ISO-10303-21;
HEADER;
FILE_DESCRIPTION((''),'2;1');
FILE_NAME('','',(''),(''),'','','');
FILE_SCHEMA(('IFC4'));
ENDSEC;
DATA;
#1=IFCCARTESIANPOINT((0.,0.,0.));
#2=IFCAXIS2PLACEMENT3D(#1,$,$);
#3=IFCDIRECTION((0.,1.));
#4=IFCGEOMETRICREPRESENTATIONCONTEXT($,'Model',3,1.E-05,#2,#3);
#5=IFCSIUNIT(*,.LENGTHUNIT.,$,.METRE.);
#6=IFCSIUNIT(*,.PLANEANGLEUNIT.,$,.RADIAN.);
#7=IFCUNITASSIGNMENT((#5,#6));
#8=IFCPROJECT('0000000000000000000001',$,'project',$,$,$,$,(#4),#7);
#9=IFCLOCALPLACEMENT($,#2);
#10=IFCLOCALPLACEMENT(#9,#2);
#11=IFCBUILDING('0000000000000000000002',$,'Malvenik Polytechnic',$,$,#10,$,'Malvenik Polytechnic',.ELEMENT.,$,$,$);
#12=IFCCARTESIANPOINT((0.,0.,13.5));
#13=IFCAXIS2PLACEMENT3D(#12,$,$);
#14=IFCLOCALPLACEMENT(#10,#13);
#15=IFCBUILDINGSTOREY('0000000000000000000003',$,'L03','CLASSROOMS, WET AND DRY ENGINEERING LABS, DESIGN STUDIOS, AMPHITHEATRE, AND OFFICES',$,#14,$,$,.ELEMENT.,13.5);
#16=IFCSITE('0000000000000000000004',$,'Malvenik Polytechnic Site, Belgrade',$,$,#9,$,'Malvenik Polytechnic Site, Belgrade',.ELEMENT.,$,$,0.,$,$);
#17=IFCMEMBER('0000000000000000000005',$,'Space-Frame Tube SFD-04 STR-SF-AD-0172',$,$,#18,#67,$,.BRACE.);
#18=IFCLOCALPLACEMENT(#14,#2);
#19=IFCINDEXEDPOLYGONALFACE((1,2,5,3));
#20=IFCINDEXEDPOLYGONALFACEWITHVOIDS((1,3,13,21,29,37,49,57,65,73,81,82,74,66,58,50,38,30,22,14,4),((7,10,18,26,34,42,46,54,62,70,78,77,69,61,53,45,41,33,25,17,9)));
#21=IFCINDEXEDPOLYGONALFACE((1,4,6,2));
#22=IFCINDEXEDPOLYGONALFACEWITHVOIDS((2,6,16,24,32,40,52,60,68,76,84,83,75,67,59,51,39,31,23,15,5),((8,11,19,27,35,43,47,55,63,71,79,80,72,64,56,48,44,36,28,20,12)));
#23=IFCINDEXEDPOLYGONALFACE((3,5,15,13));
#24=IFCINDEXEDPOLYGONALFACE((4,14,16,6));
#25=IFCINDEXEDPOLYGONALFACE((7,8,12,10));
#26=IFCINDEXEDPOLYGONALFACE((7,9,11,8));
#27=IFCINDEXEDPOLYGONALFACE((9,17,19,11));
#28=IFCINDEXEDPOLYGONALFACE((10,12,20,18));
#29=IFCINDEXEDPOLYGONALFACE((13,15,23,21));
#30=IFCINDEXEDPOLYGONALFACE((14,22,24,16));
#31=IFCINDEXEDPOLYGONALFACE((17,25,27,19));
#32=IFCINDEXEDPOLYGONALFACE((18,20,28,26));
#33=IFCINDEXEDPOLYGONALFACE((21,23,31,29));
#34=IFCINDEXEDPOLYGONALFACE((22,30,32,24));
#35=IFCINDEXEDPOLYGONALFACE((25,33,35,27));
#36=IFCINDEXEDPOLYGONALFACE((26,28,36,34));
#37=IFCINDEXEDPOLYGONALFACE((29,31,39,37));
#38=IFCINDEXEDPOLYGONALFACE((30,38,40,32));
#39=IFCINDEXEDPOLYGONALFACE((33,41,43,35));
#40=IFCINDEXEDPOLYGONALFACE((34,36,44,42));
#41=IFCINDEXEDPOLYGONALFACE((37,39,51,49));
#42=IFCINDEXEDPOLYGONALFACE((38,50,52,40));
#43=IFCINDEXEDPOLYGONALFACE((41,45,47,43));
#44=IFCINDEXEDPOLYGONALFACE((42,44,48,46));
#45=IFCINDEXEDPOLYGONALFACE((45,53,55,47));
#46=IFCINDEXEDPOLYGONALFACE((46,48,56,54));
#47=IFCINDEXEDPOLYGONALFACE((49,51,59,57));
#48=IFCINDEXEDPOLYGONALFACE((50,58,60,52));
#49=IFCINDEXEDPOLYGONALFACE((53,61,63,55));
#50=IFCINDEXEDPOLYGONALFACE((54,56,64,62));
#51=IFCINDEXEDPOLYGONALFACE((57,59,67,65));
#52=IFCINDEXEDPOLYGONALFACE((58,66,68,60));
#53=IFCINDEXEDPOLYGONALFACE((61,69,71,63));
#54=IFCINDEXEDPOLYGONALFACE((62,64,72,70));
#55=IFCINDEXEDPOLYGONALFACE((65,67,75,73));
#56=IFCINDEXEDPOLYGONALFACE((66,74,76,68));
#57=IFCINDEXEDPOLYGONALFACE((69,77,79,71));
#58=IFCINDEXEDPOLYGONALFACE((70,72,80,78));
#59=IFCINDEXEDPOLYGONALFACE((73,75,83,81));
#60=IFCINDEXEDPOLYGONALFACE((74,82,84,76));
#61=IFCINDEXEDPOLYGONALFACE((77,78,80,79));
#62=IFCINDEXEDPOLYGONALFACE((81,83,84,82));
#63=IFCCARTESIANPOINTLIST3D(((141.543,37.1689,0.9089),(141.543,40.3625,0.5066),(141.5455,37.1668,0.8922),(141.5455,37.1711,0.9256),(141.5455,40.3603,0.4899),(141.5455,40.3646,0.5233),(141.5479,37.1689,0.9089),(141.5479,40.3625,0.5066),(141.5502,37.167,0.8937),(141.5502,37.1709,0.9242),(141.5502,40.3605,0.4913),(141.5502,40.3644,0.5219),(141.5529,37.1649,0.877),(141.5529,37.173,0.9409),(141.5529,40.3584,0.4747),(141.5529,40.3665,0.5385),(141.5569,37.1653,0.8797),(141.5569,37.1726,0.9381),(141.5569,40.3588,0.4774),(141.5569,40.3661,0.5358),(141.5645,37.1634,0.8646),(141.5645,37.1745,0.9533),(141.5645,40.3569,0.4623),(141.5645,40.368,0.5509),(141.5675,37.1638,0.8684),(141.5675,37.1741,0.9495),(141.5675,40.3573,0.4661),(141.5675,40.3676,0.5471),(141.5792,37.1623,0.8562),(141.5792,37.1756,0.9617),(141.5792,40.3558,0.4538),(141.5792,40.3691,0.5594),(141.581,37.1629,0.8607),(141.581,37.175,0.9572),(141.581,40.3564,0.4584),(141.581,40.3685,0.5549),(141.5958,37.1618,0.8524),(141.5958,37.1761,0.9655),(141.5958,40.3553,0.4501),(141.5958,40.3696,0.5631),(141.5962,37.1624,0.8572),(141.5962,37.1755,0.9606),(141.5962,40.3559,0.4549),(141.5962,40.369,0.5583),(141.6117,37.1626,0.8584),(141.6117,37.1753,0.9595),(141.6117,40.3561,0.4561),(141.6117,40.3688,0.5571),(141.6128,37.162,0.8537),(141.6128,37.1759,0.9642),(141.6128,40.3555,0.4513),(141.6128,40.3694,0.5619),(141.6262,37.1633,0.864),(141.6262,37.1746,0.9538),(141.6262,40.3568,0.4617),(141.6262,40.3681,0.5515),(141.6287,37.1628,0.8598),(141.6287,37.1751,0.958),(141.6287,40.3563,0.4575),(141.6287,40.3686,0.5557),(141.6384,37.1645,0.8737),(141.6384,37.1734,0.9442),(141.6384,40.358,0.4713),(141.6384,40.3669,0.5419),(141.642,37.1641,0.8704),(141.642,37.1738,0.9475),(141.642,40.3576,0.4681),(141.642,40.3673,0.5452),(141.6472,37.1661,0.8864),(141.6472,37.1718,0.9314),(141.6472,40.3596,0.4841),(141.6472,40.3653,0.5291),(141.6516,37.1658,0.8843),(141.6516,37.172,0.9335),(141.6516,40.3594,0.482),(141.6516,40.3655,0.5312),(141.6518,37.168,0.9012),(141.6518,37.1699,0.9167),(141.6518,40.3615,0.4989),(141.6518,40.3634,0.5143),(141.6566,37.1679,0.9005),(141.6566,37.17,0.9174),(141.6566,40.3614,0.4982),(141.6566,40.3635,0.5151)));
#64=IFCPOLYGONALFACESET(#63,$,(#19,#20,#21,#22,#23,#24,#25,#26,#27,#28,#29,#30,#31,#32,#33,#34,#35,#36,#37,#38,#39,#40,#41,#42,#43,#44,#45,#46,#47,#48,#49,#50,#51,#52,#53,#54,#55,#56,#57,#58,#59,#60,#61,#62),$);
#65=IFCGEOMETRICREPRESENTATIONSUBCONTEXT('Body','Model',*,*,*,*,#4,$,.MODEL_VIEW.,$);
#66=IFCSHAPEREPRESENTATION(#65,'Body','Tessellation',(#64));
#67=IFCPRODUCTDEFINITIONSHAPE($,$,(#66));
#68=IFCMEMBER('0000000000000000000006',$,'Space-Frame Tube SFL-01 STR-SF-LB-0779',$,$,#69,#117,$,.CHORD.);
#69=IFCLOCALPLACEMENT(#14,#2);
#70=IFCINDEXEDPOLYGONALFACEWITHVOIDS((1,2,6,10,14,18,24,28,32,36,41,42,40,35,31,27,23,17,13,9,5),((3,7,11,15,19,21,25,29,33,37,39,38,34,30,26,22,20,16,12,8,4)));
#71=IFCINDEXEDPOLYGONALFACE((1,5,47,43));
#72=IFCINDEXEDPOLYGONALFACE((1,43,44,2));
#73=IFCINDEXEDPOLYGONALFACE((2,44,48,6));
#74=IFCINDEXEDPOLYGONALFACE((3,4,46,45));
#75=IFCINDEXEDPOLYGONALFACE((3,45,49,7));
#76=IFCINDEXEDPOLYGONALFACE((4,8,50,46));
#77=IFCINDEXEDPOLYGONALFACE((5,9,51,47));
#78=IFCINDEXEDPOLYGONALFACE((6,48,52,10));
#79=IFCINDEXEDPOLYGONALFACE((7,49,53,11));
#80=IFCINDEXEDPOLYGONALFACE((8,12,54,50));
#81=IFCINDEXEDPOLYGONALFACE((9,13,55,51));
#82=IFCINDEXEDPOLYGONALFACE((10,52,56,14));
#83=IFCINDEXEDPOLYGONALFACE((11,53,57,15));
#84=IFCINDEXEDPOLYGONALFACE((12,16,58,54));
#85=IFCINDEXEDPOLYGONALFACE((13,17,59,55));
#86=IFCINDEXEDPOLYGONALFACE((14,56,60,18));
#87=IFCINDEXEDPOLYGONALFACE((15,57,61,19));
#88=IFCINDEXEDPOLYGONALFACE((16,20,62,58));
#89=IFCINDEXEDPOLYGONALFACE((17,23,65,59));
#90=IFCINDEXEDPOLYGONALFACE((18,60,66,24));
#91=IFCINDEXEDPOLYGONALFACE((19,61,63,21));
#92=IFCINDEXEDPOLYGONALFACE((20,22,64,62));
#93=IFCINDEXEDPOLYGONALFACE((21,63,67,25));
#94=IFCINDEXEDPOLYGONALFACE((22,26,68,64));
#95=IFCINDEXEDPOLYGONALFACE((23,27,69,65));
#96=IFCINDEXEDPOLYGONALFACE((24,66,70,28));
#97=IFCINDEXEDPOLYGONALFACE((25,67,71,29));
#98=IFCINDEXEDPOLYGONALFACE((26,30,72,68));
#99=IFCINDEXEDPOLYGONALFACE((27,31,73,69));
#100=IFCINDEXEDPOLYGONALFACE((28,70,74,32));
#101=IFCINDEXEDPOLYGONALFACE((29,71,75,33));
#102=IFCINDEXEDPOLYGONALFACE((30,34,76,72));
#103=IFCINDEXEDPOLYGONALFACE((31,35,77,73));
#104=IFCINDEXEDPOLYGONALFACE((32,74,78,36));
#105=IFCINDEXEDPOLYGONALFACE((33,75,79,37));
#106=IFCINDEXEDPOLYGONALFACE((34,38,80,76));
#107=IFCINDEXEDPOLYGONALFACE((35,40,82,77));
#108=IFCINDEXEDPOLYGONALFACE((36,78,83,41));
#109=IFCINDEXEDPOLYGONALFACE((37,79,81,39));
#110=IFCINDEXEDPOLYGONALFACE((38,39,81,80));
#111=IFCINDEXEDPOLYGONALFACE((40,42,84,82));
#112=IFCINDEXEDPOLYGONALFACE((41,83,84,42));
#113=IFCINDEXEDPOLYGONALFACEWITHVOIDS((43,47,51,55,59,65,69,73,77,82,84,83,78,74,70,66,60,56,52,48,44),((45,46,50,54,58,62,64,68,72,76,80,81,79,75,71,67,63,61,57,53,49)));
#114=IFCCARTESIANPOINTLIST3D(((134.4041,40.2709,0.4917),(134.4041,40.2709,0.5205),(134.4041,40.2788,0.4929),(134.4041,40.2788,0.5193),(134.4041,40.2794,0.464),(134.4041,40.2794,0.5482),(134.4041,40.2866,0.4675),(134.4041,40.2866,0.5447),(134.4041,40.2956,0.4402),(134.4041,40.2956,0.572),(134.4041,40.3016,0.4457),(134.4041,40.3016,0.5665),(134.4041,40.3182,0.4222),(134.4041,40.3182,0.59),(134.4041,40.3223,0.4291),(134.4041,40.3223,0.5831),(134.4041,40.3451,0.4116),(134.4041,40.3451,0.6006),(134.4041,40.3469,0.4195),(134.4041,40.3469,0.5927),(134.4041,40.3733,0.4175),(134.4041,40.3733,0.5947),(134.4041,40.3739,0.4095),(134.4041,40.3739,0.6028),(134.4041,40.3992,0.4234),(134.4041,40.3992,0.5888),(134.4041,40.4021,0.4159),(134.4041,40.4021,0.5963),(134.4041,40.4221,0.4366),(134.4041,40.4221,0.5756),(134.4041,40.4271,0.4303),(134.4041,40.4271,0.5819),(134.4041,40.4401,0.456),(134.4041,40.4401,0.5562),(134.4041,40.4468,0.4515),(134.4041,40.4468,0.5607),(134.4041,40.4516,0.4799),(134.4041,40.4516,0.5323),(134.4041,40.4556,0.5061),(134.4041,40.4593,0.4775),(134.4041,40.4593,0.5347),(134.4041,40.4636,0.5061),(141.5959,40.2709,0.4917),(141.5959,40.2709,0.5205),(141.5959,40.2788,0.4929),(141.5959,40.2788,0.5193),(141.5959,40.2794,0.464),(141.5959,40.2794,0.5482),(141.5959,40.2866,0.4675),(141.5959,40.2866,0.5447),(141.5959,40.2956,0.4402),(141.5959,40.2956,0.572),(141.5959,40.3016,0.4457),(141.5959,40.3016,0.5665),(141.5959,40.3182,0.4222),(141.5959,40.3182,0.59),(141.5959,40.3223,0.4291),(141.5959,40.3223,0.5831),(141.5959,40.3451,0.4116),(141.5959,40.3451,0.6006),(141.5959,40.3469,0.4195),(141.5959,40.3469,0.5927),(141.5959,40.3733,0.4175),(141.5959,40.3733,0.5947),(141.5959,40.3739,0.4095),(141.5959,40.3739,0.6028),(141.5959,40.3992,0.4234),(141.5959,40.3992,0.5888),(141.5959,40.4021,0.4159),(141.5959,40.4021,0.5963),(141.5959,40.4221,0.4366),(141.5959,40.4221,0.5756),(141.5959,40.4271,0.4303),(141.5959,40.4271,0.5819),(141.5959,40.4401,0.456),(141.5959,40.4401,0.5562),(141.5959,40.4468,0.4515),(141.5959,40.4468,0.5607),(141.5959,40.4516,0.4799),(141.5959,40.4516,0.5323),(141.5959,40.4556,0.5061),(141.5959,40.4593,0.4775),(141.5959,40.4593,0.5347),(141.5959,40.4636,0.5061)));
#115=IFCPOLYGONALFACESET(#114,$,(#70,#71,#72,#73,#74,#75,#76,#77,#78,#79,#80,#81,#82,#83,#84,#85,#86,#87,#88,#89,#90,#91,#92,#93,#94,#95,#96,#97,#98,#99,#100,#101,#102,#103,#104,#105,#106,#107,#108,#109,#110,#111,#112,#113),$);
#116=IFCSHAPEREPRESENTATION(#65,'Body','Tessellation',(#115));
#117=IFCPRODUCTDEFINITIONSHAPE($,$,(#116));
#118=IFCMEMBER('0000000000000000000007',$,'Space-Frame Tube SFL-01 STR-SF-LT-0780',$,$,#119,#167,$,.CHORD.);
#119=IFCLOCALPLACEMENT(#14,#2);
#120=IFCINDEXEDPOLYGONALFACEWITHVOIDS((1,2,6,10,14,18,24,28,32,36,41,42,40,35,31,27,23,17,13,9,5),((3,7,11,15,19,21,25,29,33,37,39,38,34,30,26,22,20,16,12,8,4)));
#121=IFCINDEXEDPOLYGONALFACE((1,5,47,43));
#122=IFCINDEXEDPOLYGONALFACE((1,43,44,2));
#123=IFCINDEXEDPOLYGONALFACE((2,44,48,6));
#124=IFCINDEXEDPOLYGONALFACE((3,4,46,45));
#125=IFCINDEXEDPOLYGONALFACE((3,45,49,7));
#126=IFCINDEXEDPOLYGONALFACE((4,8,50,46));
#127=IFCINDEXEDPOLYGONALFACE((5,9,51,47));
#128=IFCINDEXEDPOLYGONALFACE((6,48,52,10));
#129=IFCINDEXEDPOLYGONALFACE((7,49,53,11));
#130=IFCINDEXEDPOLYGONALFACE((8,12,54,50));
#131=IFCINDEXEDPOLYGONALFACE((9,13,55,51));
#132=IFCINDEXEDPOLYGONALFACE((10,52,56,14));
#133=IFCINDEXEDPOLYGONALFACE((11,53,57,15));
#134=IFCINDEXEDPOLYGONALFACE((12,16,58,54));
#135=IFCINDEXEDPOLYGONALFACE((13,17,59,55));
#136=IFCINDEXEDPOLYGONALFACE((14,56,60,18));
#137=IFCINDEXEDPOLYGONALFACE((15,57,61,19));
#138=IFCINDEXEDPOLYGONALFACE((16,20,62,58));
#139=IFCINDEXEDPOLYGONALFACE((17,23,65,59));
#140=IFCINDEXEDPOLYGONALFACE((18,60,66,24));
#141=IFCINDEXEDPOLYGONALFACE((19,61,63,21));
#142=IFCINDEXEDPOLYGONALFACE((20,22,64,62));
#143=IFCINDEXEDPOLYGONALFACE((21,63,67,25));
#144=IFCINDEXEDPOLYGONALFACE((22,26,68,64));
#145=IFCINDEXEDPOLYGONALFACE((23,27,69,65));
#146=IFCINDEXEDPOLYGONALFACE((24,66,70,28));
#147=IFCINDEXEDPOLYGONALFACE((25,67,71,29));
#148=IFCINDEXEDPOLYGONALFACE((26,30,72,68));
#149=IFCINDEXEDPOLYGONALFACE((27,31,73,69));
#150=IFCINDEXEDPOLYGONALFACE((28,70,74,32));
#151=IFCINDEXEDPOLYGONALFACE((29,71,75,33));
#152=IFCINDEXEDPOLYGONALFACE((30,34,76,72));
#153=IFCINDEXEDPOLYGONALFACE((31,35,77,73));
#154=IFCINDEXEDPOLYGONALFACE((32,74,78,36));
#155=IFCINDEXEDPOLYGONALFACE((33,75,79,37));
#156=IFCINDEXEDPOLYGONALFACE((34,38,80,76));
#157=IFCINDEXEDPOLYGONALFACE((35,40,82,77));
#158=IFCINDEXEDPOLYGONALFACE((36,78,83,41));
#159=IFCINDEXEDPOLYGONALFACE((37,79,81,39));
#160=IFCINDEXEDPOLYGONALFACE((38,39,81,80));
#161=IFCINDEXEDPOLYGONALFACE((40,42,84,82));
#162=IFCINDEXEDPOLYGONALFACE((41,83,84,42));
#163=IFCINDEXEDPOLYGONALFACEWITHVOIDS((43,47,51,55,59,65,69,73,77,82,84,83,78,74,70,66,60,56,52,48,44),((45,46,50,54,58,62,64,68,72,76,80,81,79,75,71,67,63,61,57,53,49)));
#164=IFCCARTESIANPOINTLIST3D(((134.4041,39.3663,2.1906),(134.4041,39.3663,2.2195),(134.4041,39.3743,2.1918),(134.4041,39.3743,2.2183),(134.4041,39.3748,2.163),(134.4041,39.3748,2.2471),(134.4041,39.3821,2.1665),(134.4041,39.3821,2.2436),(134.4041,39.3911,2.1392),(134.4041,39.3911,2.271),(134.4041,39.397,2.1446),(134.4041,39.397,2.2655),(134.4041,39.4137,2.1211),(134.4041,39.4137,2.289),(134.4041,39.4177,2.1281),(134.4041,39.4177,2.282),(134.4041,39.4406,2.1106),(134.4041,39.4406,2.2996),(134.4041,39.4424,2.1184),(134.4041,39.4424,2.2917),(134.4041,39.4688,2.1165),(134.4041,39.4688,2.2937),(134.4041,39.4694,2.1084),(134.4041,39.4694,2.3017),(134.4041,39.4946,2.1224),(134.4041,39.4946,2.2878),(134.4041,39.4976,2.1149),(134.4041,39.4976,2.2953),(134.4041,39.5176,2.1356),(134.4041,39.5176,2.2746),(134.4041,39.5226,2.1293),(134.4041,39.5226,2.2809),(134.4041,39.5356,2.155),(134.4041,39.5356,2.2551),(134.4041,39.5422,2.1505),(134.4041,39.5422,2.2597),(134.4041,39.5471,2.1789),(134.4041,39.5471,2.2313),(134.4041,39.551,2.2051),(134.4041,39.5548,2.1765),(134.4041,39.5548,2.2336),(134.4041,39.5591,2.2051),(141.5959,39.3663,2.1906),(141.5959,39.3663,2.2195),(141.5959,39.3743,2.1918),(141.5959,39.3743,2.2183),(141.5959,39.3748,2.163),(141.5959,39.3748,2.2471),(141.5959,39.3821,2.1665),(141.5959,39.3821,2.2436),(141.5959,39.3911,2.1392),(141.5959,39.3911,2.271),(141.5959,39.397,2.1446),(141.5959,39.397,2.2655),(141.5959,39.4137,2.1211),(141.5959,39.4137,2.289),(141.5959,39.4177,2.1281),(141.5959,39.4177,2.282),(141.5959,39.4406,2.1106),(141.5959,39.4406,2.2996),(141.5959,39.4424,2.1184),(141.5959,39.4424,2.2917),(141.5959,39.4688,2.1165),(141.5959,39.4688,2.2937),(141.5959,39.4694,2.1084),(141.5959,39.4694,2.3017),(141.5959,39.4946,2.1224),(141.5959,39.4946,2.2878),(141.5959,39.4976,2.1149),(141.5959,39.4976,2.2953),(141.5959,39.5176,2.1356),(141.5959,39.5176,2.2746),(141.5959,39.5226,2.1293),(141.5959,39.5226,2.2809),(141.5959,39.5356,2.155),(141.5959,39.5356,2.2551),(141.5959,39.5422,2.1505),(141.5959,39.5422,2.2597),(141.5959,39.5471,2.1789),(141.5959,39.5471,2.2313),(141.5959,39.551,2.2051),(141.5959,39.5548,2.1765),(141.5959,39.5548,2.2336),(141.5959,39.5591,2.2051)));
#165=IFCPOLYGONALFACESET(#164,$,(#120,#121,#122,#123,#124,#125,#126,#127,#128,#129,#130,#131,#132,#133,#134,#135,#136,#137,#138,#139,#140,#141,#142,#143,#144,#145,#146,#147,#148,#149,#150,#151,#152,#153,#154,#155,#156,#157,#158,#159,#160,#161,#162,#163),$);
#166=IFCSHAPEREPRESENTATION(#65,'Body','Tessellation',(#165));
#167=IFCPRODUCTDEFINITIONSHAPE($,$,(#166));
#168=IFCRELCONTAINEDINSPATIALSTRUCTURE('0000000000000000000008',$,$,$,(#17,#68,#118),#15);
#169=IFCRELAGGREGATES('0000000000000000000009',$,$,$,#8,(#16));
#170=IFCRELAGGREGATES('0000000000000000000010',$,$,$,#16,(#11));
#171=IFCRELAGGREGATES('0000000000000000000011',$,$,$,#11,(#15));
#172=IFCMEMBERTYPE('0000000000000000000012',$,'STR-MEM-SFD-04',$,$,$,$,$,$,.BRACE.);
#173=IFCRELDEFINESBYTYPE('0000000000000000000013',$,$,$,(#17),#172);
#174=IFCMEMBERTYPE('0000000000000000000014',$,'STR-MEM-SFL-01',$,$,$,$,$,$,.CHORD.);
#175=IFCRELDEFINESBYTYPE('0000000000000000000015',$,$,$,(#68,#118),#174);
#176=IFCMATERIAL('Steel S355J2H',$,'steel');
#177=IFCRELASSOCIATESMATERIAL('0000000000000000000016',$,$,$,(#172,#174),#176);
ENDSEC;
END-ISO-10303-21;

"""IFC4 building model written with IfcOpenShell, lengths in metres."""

from ifc_helpers import new_model, si_unit, direction, frame, origin, origin_2d, place, context, subcontext, project, spatial, hollow_circle, extrude, material, material_profile, profile_set, type_object, element, save


model = new_model("IFC4")

# Units and contexts
model_context = context("Model", 3, precision=1e-05, world=origin(), true_north=direction((0.0, 1.0)))
body_context = subcontext(model_context, "Body", "Model", "MODEL_VIEW")
ifc_project = project(units=[si_unit("LENGTHUNIT", "METRE"), si_unit("PLANEANGLEUNIT", "RADIAN")], contexts=[model_context])

# Site, building, storey
site_placement = place(None, origin())
site = spatial("IfcSite", under=ifc_project, at=site_placement, Name="Malvenik Polytechnic Site, Belgrade", LongName="Malvenik Polytechnic Site, Belgrade", CompositionType="ELEMENT", RefElevation=0.0)
building_placement = place(site_placement, origin())
building = spatial("IfcBuilding", under=site, at=building_placement, Name="Malvenik Polytechnic", LongName="Malvenik Polytechnic", CompositionType="ELEMENT")
storey_placement = place(building_placement, frame((0.0, 0.0, 13.5)))
storey = spatial("IfcBuildingStorey", under=building, at=storey_placement, Name="L03", Description="CLASSROOMS, WET AND DRY ENGINEERING LABS, DESIGN STUDIOS, AMPHITHEATRE, AND OFFICES", CompositionType="ELEMENT", Elevation=13.5)

# Members
ifc_material_1 = material(Name="Steel S355J2H", Category="steel")
ifc_material_profile_1 = material_profile(ifc_material_1, hollow_circle(Radius=0.0571, WallThickness=0.0049, at=origin_2d()), Name="CHS 114.3x5.0")
ifc_profile_set_1 = profile_set([ifc_material_profile_1], Name="Steel S355J2H")
member_type_1 = type_object("IfcMemberType", Name="STR-MEM-SFD-04", PredefinedType="BRACE", material=ifc_profile_set_1)
member_1_placement = place(storey_placement, frame((141.6001, 37.1689, 0.9089), z_axis=(0.0, 0.992157, -0.124996), x_axis=(-1.0, 0.0, 0.0)))
element("IfcMember", 1, at=member_1_placement, inside=storey, type_object=member_type_1, Name="Space-Frame Tube SFD-04 STR-SF-AD-0172", PredefinedType="BRACE", context=body_context, shape_type="SweptSolid", body=[
    extrude(hollow_circle(Radius=0.0571, WallThickness=0.0049, at=origin_2d()), origin(), (0.0, 0.0, 1.0), 3.2188),
])
ifc_material_profile_2 = material_profile(ifc_material_1, hollow_circle(Radius=0.0969, WallThickness=0.0081, at=origin_2d()), Name="CHS 193.7x8.0")
ifc_profile_set_2 = profile_set([ifc_material_profile_2], Name="Steel S355J2H")
member_type_2 = type_object("IfcMemberType", Name="STR-MEM-SFL-01", PredefinedType="CHORD", material=ifc_profile_set_2)
for number, where, z_axis, x_axis, name in (
    (2, (134.4041, 40.3667, 0.5061), (1.0, 0.0, 0.0), (0.0, 1.0, 0.0), "Space-Frame Tube SFL-01 STR-SF-LB-0779"),
    (3, (134.4041, 39.4622, 2.2051), (1.0, 0.0, 0.0), (0.0, 1.0, 0.0), "Space-Frame Tube SFL-01 STR-SF-LT-0780"),
):
    element("IfcMember", number, at=place(storey_placement, frame(where, z_axis=z_axis, x_axis=x_axis)), inside=storey, type_object=member_type_2, Name=name, PredefinedType="CHORD", context=body_context, shape_type="SweptSolid", body=[
        extrude(hollow_circle(Radius=0.0969, WallThickness=0.0081, at=origin_2d()), origin(), (0.0, 0.0, 1.0), 7.1919),
    ])

save(model, "model.ifc")
